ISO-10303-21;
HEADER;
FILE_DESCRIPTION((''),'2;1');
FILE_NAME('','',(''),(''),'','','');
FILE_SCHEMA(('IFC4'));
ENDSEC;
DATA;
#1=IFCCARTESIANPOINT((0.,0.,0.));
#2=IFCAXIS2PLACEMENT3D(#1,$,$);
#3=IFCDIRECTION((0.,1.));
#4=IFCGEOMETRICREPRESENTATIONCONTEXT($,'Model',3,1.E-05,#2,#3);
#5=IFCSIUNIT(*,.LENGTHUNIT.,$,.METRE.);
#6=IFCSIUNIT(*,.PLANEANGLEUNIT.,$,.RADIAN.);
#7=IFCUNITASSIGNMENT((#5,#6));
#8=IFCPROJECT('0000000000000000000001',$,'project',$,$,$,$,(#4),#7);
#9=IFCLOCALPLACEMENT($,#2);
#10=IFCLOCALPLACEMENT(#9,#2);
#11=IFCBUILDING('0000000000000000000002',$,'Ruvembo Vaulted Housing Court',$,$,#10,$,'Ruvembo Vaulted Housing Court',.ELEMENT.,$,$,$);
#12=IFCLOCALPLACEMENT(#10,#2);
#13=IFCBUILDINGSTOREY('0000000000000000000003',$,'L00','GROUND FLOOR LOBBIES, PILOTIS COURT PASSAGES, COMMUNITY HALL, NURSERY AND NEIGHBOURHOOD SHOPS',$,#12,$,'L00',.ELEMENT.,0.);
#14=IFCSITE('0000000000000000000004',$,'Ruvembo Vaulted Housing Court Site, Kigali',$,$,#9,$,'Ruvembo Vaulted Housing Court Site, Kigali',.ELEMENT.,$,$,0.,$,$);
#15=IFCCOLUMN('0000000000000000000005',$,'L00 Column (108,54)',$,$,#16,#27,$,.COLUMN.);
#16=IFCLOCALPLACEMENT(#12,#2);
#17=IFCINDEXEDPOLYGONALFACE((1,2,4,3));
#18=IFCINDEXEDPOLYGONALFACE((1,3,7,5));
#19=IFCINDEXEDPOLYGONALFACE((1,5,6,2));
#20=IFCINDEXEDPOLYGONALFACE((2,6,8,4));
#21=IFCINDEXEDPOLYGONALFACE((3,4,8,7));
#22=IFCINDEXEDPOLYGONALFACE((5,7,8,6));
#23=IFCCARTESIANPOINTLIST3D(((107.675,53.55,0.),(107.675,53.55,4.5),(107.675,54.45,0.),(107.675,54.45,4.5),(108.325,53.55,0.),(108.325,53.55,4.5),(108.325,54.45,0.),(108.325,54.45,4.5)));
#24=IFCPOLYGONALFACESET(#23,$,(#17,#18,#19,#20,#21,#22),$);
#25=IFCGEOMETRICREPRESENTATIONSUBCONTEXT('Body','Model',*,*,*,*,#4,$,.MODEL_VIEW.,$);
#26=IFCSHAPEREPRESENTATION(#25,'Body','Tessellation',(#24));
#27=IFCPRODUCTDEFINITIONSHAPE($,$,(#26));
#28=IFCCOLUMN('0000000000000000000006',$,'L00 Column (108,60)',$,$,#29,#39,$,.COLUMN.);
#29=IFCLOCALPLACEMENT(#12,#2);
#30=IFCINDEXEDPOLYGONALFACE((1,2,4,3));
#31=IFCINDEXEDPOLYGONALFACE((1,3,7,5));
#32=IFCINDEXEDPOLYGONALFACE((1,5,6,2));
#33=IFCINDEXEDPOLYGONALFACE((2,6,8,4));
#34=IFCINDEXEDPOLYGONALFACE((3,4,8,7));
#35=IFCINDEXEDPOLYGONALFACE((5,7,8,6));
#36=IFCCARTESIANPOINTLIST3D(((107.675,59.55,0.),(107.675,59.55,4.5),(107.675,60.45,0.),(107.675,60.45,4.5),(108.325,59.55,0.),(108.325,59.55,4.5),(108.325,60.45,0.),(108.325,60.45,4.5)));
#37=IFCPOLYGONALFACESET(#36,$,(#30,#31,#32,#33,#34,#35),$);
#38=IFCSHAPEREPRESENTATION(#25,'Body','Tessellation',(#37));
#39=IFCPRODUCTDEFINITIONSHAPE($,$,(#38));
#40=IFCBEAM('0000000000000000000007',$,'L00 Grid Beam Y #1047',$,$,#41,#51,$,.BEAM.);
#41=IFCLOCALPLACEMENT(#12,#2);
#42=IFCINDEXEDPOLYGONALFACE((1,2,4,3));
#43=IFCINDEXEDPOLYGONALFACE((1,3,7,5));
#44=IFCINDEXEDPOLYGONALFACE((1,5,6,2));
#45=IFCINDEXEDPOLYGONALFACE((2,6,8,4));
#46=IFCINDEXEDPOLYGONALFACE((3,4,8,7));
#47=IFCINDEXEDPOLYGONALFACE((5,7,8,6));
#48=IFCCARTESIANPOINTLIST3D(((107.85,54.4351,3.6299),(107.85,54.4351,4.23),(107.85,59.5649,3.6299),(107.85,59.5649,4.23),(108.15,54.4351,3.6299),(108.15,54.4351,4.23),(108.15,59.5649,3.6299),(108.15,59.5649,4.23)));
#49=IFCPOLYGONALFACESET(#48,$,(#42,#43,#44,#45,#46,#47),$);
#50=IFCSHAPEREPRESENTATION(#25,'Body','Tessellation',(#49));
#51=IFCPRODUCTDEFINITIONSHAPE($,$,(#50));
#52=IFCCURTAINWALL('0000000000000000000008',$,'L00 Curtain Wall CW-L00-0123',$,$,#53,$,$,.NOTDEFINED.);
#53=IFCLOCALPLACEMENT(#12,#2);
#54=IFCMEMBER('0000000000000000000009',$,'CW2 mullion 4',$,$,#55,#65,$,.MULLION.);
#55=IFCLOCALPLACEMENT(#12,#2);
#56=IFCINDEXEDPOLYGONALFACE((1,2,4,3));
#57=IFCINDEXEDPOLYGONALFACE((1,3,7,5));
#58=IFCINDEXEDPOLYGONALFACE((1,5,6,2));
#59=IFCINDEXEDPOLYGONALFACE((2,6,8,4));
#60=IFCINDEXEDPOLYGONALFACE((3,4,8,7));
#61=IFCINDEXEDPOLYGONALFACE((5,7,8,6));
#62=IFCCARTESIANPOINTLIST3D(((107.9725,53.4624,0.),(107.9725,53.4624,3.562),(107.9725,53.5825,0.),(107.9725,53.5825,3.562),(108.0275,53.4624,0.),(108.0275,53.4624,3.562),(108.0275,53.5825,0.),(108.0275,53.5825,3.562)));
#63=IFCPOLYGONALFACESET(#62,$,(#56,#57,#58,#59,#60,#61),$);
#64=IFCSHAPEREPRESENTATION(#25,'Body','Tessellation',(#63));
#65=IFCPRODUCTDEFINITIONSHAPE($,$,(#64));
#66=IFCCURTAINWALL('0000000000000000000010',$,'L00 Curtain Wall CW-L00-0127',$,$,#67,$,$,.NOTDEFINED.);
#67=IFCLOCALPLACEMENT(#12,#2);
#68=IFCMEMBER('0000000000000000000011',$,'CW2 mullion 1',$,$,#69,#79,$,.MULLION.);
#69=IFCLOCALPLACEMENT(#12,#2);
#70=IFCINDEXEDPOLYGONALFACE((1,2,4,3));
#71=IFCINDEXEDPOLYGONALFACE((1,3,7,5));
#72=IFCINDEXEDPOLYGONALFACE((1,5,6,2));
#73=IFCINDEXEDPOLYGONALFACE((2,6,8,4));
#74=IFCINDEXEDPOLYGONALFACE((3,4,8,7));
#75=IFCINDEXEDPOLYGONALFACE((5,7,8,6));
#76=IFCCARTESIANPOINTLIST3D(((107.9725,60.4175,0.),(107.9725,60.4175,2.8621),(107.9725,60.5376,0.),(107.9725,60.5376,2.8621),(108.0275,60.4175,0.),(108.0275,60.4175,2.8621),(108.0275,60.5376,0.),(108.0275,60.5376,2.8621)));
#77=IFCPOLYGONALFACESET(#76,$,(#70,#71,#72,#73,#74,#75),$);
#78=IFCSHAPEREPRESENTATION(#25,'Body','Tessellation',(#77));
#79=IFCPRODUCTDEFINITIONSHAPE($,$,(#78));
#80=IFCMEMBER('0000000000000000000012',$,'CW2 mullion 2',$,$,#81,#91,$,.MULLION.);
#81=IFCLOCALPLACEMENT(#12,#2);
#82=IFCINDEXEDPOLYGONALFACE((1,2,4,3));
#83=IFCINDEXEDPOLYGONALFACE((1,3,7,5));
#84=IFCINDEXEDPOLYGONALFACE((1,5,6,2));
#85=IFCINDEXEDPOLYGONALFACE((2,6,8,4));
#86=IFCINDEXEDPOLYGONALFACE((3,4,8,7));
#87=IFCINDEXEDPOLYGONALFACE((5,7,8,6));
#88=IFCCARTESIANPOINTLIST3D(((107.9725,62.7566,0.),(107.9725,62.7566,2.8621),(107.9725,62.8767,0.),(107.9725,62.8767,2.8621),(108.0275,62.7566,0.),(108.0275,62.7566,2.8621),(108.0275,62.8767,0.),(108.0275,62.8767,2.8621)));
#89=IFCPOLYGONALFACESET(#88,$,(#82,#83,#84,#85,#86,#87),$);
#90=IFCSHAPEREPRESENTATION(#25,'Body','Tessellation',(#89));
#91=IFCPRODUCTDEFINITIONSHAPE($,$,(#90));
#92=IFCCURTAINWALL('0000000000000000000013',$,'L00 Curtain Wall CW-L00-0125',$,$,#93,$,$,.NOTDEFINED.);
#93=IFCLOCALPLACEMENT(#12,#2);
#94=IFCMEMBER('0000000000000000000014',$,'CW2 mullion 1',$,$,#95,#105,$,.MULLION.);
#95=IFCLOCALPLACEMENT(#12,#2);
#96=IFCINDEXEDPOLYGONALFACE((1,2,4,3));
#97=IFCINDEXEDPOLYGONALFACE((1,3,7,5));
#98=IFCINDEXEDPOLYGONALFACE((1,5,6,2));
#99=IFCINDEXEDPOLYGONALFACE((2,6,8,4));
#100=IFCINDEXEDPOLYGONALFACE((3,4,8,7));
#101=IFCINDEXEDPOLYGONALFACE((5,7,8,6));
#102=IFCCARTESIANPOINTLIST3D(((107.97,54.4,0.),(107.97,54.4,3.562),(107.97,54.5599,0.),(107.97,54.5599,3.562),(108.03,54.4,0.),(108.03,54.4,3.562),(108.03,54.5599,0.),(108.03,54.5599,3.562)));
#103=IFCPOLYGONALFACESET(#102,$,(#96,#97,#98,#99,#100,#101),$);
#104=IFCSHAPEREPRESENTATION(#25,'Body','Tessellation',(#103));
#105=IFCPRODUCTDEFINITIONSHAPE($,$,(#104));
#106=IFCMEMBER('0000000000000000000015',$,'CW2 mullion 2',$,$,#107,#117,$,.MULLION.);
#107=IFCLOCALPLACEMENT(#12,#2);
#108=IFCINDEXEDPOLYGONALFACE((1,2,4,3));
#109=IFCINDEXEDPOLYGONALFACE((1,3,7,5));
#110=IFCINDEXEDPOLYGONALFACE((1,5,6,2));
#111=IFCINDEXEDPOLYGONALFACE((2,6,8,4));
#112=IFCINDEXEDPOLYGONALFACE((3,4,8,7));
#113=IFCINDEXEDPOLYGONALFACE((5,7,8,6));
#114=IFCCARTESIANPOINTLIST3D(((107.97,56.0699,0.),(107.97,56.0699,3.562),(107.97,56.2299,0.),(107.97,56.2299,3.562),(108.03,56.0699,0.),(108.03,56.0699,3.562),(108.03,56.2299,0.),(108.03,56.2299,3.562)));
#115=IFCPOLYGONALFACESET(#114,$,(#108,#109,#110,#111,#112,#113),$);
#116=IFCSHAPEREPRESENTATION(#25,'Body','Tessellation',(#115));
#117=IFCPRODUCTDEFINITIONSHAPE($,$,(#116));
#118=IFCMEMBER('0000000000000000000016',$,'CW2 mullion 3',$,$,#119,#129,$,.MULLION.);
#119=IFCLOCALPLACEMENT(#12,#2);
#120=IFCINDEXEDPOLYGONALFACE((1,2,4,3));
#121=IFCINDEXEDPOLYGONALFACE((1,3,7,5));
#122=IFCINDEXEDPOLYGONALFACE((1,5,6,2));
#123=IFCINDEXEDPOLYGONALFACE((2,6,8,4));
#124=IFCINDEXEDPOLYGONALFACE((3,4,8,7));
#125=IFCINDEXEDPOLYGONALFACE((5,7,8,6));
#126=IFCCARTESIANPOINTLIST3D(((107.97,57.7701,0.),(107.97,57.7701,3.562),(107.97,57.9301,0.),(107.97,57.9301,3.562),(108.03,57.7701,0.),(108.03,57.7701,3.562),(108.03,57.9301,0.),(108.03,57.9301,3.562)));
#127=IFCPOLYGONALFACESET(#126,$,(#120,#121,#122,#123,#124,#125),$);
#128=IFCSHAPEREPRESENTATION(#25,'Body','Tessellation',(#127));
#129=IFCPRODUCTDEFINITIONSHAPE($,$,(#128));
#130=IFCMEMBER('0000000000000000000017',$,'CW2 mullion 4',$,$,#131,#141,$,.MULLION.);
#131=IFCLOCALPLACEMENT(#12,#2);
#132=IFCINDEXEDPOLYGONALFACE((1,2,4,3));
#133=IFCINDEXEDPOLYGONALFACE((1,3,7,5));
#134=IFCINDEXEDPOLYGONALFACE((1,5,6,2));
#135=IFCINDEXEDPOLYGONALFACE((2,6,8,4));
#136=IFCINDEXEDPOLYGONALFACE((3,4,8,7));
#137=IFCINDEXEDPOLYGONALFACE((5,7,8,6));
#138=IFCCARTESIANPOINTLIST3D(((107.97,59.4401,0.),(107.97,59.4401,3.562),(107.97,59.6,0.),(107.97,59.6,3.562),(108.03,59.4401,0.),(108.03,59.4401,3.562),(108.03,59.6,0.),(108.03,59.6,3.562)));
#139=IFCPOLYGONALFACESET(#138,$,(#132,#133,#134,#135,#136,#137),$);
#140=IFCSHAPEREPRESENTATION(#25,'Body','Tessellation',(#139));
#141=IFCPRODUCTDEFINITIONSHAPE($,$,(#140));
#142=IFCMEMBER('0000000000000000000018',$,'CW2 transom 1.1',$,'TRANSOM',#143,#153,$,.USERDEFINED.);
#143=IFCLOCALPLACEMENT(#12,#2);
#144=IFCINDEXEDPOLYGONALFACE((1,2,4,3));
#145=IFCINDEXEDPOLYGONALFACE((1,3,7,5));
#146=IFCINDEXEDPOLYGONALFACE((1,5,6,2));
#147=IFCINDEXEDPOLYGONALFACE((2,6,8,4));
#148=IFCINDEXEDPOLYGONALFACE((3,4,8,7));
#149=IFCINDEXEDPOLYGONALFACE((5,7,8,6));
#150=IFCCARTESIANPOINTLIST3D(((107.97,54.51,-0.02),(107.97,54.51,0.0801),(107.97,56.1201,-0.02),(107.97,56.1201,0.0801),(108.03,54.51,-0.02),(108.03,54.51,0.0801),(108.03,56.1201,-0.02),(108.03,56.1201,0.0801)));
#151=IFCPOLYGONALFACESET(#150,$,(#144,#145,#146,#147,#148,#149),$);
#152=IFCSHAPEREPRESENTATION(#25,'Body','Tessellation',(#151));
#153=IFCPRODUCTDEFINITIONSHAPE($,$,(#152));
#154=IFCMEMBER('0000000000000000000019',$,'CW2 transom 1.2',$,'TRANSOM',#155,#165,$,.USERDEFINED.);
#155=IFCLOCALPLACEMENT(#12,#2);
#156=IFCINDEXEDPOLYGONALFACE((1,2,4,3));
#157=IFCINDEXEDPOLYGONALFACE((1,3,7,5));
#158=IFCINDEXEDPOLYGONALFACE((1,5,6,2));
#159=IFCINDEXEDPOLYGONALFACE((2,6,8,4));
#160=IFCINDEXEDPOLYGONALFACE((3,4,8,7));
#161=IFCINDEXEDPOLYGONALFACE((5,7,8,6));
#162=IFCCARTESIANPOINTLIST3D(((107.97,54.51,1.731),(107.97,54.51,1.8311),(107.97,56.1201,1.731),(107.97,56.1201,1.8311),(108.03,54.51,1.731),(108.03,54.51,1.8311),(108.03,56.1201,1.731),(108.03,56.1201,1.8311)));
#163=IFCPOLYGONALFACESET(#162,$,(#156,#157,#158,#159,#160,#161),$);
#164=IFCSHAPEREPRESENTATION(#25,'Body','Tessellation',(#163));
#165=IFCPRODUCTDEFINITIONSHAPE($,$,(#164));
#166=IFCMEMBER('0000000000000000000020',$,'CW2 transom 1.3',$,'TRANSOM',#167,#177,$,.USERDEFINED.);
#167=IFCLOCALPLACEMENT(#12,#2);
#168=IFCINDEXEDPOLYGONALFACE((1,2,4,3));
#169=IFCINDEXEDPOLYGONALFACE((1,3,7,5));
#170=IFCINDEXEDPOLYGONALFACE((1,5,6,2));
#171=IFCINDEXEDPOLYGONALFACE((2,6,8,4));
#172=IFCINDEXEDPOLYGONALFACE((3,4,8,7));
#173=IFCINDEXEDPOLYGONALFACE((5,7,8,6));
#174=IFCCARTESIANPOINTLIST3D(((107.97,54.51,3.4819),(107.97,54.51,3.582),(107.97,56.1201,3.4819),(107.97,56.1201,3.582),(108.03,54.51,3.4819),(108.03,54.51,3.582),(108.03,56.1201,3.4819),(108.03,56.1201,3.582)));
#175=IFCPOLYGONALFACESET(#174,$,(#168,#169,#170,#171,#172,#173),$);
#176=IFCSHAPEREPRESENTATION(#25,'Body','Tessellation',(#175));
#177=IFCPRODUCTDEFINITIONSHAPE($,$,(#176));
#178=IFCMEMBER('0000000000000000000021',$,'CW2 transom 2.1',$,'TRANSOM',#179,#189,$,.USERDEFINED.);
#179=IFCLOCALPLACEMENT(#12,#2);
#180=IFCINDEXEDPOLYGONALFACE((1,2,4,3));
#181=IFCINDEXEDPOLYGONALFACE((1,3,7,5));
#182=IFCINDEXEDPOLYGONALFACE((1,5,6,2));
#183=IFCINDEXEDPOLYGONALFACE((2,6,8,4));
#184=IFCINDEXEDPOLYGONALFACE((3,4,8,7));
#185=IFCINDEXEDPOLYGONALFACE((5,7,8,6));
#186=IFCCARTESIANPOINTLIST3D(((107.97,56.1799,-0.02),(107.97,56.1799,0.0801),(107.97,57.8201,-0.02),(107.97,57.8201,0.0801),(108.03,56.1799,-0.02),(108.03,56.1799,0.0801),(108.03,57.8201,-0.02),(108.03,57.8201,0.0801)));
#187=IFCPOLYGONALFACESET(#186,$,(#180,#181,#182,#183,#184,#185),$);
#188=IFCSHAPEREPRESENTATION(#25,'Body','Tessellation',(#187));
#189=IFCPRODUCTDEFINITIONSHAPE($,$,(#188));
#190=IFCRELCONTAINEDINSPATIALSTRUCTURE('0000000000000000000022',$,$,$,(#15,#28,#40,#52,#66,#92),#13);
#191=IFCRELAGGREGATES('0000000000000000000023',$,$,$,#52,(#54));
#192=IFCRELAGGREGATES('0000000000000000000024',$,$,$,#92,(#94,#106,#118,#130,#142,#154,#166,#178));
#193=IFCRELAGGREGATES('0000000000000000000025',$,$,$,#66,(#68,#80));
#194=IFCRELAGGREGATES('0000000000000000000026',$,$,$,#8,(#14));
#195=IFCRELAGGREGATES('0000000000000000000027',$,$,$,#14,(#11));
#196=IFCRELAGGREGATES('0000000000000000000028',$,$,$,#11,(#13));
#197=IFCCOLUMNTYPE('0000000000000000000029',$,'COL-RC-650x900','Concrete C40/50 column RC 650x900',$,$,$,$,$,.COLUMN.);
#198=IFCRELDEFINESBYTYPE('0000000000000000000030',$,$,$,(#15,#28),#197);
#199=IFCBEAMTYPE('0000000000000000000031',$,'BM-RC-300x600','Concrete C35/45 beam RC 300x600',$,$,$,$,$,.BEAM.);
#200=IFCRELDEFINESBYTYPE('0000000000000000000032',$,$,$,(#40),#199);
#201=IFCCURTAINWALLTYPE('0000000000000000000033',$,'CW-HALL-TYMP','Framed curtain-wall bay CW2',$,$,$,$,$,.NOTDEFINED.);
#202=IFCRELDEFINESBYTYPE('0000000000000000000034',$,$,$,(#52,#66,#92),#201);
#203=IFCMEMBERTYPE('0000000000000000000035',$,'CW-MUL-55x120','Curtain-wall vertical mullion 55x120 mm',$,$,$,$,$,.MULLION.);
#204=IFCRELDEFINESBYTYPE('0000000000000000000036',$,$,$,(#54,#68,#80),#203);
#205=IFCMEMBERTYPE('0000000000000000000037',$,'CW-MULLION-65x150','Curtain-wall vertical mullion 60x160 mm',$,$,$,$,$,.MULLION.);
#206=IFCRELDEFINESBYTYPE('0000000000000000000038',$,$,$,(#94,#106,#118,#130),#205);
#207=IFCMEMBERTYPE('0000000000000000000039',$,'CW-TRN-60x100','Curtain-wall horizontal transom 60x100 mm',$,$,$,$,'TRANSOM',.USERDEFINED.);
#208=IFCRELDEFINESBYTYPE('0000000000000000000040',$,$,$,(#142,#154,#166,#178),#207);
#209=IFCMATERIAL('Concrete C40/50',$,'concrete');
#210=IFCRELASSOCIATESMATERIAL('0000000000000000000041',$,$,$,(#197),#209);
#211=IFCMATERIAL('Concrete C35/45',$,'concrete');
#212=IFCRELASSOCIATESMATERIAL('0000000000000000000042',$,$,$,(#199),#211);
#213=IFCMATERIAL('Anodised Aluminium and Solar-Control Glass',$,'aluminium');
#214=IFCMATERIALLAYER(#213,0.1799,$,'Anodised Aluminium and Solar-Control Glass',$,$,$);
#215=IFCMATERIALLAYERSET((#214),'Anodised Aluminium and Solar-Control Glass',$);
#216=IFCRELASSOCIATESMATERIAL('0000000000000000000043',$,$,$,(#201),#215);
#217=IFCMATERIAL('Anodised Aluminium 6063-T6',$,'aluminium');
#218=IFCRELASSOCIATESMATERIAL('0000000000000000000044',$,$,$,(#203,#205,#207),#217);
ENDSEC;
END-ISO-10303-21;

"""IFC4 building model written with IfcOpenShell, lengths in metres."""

from ifc_helpers import new_model, si_unit, direction, frame, origin, origin_2d, place, context, subcontext, project, spatial, rectangle, extrude, material, layer, layer_set, material_profile, profile_set, type_object, element, aggregate, save


model = new_model("IFC4")

# Units and contexts
model_context = context("Model", 3, precision=1e-05, world=origin(), true_north=direction((0.0, 1.0)))
body_context = subcontext(model_context, "Body", "Model", "MODEL_VIEW")
ifc_project = project(units=[si_unit("LENGTHUNIT", "METRE"), si_unit("PLANEANGLEUNIT", "RADIAN")], contexts=[model_context])

# Site, building, storey
site_placement = place(None, origin())
site = spatial("IfcSite", under=ifc_project, at=site_placement, Name="Ruvembo Vaulted Housing Court Site, Kigali", LongName="Ruvembo Vaulted Housing Court Site, Kigali", CompositionType="ELEMENT", RefElevation=0.0)
building_placement = place(site_placement, origin())
building = spatial("IfcBuilding", under=site, at=building_placement, Name="Ruvembo Vaulted Housing Court", LongName="Ruvembo Vaulted Housing Court", CompositionType="ELEMENT")
storey_placement = place(building_placement, origin())
storey = spatial("IfcBuildingStorey", under=building, at=storey_placement, Name="L00", Description="GROUND FLOOR LOBBIES, PILOTIS COURT PASSAGES, COMMUNITY HALL, NURSERY AND NEIGHBOURHOOD SHOPS", LongName="L00", CompositionType="ELEMENT", Elevation=0.0)

# Columns
ifc_material_1 = material(Name="Concrete C40/50", Category="concrete")
ifc_material_profile_1 = material_profile(ifc_material_1, rectangle(XDim=0.6499, YDim=0.8999, at=origin_2d()), Name="RC 650x900")
ifc_profile_set_1 = profile_set([ifc_material_profile_1], Name="Concrete C40/50")
column_type = type_object("IfcColumnType", Name="COL-RC-650x900", Description="Concrete C40/50 column RC 650x900", PredefinedType="COLUMN", material=ifc_profile_set_1)
for number, where, z_axis, x_axis, name in (
    (1, (108.0, 54.0, 0.0), (0.0, 0.0, 1.0), (1.0, 0.0, 0.0), "L00 Column (108,54)"),
    (2, (108.0, 60.0, 0.0), (0.0, 0.0, 1.0), (1.0, 0.0, 0.0), "L00 Column (108,60)"),
):
    element("IfcColumn", number, at=place(storey_placement, frame(where, z_axis=z_axis, x_axis=x_axis)), inside=storey, type_object=column_type, Name=name, PredefinedType="COLUMN", context=body_context, shape_type="SweptSolid", body=[
        extrude(rectangle(XDim=0.6499, YDim=0.8999, at=origin_2d()), origin(), (0.0, 0.0, 1.0), 4.5),
    ])

# Beam
ifc_material_2 = material(Name="Concrete C35/45", Category="concrete")
ifc_material_profile_2 = material_profile(ifc_material_2, rectangle(XDim=0.3, YDim=0.6001, at=origin_2d()), Name="RC 300x600")
ifc_profile_set_2 = profile_set([ifc_material_profile_2], Name="Concrete C35/45")
beam_type_1 = type_object("IfcBeamType", Name="BM-RC-300x600", Description="Concrete C35/45 beam RC 300x600", PredefinedType="BEAM", material=ifc_profile_set_2)
beam_1_placement = place(storey_placement, frame((108.0, 54.4351, 3.9299), z_axis=(0.0, 1.0, 0.0), x_axis=(-1.0, 0.0, 0.0)))
element("IfcBeam", 3, at=beam_1_placement, inside=storey, type_object=beam_type_1, Name="L00 Grid Beam Y #1047", PredefinedType="BEAM", context=body_context, shape_type="SweptSolid", body=[
    extrude(rectangle(XDim=0.3, YDim=0.6001, at=origin_2d()), origin(), (0.0, 0.0, 1.0), 5.1299),
])

# Curtain wall, member
ifc_material_3 = material(Name="Anodised Aluminium and Solar-Control Glass", Category="aluminium")
ifc_layer_1 = layer(ifc_material_3, 0.1799, Name="Anodised Aluminium and Solar-Control Glass")
ifc_layer_set_1 = layer_set([ifc_layer_1], Name="Anodised Aluminium and Solar-Control Glass")
curtain_wall_type = type_object("IfcCurtainWallType", Name="CW-HALL-TYMP", Description="Framed curtain-wall bay CW2", PredefinedType="NOTDEFINED", material=ifc_layer_set_1)
curtain_wall_1_placement = place(storey_placement, origin())
curtain_wall_1 = element("IfcCurtainWall", 4, at=curtain_wall_1_placement, inside=storey, type_object=curtain_wall_type, Name="L00 Curtain Wall CW-L00-0123", PredefinedType="NOTDEFINED")
ifc_material_4 = material(Name="Anodised Aluminium 6063-T6", Category="aluminium")
ifc_material_profile_3 = material_profile(ifc_material_4, rectangle(XDim=0.0549, YDim=0.1201, at=origin_2d()), Name="ALU 55x120")
ifc_profile_set_3 = profile_set([ifc_material_profile_3], Name="Anodised Aluminium 6063-T6")
member_type_1 = type_object("IfcMemberType", Name="CW-MUL-55x120", Description="Curtain-wall vertical mullion 55x120 mm", PredefinedType="MULLION", material=ifc_profile_set_3)
member_1_placement = place(storey_placement, frame((108.0, 53.5225, 0.0), z_axis=(0.0, 0.0, 1.0), x_axis=(-1.0, 0.0, 0.0)))
member_1 = element("IfcMember", 5, at=member_1_placement, type_object=member_type_1, Name="CW2 mullion 4", PredefinedType="MULLION", context=body_context, shape_type="SweptSolid", body=[
    extrude(rectangle(XDim=0.0549, YDim=0.1201, at=origin_2d()), origin(), (0.0, 0.0, 1.0), 3.562),
])
aggregate(curtain_wall_1, [member_1])

# Curtain walls, members
curtain_wall_2_placement = place(storey_placement, origin())
curtain_wall_2 = element("IfcCurtainWall", 6, at=curtain_wall_2_placement, inside=storey, type_object=curtain_wall_type, Name="L00 Curtain Wall CW-L00-0127", PredefinedType="NOTDEFINED")
member_2_placement = place(storey_placement, frame((108.0, 60.4775, 0.0), z_axis=(0.0, 0.0, 1.0), x_axis=(-1.0, 0.0, 0.0)))
member_2 = element("IfcMember", 7, at=member_2_placement, type_object=member_type_1, Name="CW2 mullion 1", PredefinedType="MULLION", context=body_context, shape_type="SweptSolid", body=[
    extrude(rectangle(XDim=0.0549, YDim=0.1201, at=origin_2d()), origin(), (0.0, 0.0, 1.0), 2.8621),
])
member_3_placement = place(storey_placement, frame((108.0, 62.8167, 0.0), z_axis=(0.0, 0.0, 1.0), x_axis=(-1.0, 0.0, 0.0)))
member_3 = element("IfcMember", 8, at=member_3_placement, type_object=member_type_1, Name="CW2 mullion 2", PredefinedType="MULLION", context=body_context, shape_type="SweptSolid", body=[
    extrude(rectangle(XDim=0.0549, YDim=0.1201, at=origin_2d()), origin(), (0.0, 0.0, 1.0), 2.8621),
])
curtain_wall_3_placement = place(storey_placement, origin())
curtain_wall_3 = element("IfcCurtainWall", 9, at=curtain_wall_3_placement, inside=storey, type_object=curtain_wall_type, Name="L00 Curtain Wall CW-L00-0125", PredefinedType="NOTDEFINED")
ifc_material_profile_4 = material_profile(ifc_material_4, rectangle(XDim=0.0601, YDim=0.1599, at=origin_2d()), Name="ALU 60x160")
ifc_profile_set_4 = profile_set([ifc_material_profile_4], Name="Anodised Aluminium 6063-T6")
member_type_2 = type_object("IfcMemberType", Name="CW-MULLION-65x150", Description="Curtain-wall vertical mullion 60x160 mm", PredefinedType="MULLION", material=ifc_profile_set_4)
member_4_placement = place(storey_placement, frame((108.0, 54.48, 0.0), z_axis=(0.0, 0.0, 1.0), x_axis=(-1.0, 0.0, 0.0)))
member_4 = element("IfcMember", 10, at=member_4_placement, type_object=member_type_2, Name="CW2 mullion 1", PredefinedType="MULLION", context=body_context, shape_type="SweptSolid", body=[
    extrude(rectangle(XDim=0.0601, YDim=0.1599, at=origin_2d()), origin(), (0.0, 0.0, 1.0), 3.562),
])
member_5_placement = place(storey_placement, frame((108.0, 56.1499, 0.0), z_axis=(0.0, 0.0, 1.0), x_axis=(-1.0, 0.0, 0.0)))
member_5 = element("IfcMember", 11, at=member_5_placement, type_object=member_type_2, Name="CW2 mullion 2", PredefinedType="MULLION", context=body_context, shape_type="SweptSolid", body=[
    extrude(rectangle(XDim=0.0601, YDim=0.1599, at=origin_2d()), origin(), (0.0, 0.0, 1.0), 3.562),
])
member_6_placement = place(storey_placement, frame((108.0, 57.8501, 0.0), z_axis=(0.0, 0.0, 1.0), x_axis=(-1.0, 0.0, 0.0)))
member_6 = element("IfcMember", 12, at=member_6_placement, type_object=member_type_2, Name="CW2 mullion 3", PredefinedType="MULLION", context=body_context, shape_type="SweptSolid", body=[
    extrude(rectangle(XDim=0.0601, YDim=0.1599, at=origin_2d()), origin(), (0.0, 0.0, 1.0), 3.562),
])
member_7_placement = place(storey_placement, frame((108.0, 59.52, 0.0), z_axis=(0.0, 0.0, 1.0), x_axis=(-1.0, 0.0, 0.0)))
member_7 = element("IfcMember", 13, at=member_7_placement, type_object=member_type_2, Name="CW2 mullion 4", PredefinedType="MULLION", context=body_context, shape_type="SweptSolid", body=[
    extrude(rectangle(XDim=0.0601, YDim=0.1599, at=origin_2d()), origin(), (0.0, 0.0, 1.0), 3.562),
])
ifc_material_profile_5 = material_profile(ifc_material_4, rectangle(XDim=0.0601, YDim=0.1001, at=origin_2d()), Name="ALU 60x100")
ifc_profile_set_5 = profile_set([ifc_material_profile_5], Name="Anodised Aluminium 6063-T6")
member_type_3 = type_object("IfcMemberType", Name="CW-TRN-60x100", Description="Curtain-wall horizontal transom 60x100 mm", ElementType="TRANSOM", PredefinedType="USERDEFINED", material=ifc_profile_set_5)
member_8_placement = place(storey_placement, frame((108.0, 54.51, 0.03), z_axis=(0.0, 1.0, 0.0), x_axis=(-1.0, 0.0, 0.0)))
member_8 = element("IfcMember", 14, at=member_8_placement, type_object=member_type_3, Name="CW2 transom 1.1", ObjectType="TRANSOM", PredefinedType="USERDEFINED", context=body_context, shape_type="SweptSolid", body=[
    extrude(rectangle(XDim=0.0601, YDim=0.1001, at=origin_2d()), origin(), (0.0, 0.0, 1.0), 1.6101),
])
member_9_placement = place(storey_placement, frame((108.0, 54.51, 1.781), z_axis=(0.0, 1.0, 0.0), x_axis=(-1.0, 0.0, 0.0)))
member_9 = element("IfcMember", 15, at=member_9_placement, type_object=member_type_3, Name="CW2 transom 1.2", ObjectType="TRANSOM", PredefinedType="USERDEFINED", context=body_context, shape_type="SweptSolid", body=[
    extrude(rectangle(XDim=0.0601, YDim=0.1001, at=origin_2d()), origin(), (0.0, 0.0, 1.0), 1.6101),
])
member_10_placement = place(storey_placement, frame((108.0, 54.51, 3.532), z_axis=(0.0, 1.0, 0.0), x_axis=(-1.0, 0.0, 0.0)))
member_10 = element("IfcMember", 16, at=member_10_placement, type_object=member_type_3, Name="CW2 transom 1.3", ObjectType="TRANSOM", PredefinedType="USERDEFINED", context=body_context, shape_type="SweptSolid", body=[
    extrude(rectangle(XDim=0.0601, YDim=0.1001, at=origin_2d()), origin(), (0.0, 0.0, 1.0), 1.6101),
])
member_11_placement = place(storey_placement, frame((108.0, 56.1799, 0.03), z_axis=(0.0, 1.0, 0.0), x_axis=(-1.0, 0.0, 0.0)))
member_11 = element("IfcMember", 17, at=member_11_placement, type_object=member_type_3, Name="CW2 transom 2.1", ObjectType="TRANSOM", PredefinedType="USERDEFINED", context=body_context, shape_type="SweptSolid", body=[
    extrude(rectangle(XDim=0.0601, YDim=0.1001, at=origin_2d()), origin(), (0.0, 0.0, 1.0), 1.6401),
])

aggregate(curtain_wall_3, [member_4, member_5, member_6, member_7, member_8, member_9, member_10, member_11])
aggregate(curtain_wall_2, [member_2, member_3])

save(model, "model.ifc")
